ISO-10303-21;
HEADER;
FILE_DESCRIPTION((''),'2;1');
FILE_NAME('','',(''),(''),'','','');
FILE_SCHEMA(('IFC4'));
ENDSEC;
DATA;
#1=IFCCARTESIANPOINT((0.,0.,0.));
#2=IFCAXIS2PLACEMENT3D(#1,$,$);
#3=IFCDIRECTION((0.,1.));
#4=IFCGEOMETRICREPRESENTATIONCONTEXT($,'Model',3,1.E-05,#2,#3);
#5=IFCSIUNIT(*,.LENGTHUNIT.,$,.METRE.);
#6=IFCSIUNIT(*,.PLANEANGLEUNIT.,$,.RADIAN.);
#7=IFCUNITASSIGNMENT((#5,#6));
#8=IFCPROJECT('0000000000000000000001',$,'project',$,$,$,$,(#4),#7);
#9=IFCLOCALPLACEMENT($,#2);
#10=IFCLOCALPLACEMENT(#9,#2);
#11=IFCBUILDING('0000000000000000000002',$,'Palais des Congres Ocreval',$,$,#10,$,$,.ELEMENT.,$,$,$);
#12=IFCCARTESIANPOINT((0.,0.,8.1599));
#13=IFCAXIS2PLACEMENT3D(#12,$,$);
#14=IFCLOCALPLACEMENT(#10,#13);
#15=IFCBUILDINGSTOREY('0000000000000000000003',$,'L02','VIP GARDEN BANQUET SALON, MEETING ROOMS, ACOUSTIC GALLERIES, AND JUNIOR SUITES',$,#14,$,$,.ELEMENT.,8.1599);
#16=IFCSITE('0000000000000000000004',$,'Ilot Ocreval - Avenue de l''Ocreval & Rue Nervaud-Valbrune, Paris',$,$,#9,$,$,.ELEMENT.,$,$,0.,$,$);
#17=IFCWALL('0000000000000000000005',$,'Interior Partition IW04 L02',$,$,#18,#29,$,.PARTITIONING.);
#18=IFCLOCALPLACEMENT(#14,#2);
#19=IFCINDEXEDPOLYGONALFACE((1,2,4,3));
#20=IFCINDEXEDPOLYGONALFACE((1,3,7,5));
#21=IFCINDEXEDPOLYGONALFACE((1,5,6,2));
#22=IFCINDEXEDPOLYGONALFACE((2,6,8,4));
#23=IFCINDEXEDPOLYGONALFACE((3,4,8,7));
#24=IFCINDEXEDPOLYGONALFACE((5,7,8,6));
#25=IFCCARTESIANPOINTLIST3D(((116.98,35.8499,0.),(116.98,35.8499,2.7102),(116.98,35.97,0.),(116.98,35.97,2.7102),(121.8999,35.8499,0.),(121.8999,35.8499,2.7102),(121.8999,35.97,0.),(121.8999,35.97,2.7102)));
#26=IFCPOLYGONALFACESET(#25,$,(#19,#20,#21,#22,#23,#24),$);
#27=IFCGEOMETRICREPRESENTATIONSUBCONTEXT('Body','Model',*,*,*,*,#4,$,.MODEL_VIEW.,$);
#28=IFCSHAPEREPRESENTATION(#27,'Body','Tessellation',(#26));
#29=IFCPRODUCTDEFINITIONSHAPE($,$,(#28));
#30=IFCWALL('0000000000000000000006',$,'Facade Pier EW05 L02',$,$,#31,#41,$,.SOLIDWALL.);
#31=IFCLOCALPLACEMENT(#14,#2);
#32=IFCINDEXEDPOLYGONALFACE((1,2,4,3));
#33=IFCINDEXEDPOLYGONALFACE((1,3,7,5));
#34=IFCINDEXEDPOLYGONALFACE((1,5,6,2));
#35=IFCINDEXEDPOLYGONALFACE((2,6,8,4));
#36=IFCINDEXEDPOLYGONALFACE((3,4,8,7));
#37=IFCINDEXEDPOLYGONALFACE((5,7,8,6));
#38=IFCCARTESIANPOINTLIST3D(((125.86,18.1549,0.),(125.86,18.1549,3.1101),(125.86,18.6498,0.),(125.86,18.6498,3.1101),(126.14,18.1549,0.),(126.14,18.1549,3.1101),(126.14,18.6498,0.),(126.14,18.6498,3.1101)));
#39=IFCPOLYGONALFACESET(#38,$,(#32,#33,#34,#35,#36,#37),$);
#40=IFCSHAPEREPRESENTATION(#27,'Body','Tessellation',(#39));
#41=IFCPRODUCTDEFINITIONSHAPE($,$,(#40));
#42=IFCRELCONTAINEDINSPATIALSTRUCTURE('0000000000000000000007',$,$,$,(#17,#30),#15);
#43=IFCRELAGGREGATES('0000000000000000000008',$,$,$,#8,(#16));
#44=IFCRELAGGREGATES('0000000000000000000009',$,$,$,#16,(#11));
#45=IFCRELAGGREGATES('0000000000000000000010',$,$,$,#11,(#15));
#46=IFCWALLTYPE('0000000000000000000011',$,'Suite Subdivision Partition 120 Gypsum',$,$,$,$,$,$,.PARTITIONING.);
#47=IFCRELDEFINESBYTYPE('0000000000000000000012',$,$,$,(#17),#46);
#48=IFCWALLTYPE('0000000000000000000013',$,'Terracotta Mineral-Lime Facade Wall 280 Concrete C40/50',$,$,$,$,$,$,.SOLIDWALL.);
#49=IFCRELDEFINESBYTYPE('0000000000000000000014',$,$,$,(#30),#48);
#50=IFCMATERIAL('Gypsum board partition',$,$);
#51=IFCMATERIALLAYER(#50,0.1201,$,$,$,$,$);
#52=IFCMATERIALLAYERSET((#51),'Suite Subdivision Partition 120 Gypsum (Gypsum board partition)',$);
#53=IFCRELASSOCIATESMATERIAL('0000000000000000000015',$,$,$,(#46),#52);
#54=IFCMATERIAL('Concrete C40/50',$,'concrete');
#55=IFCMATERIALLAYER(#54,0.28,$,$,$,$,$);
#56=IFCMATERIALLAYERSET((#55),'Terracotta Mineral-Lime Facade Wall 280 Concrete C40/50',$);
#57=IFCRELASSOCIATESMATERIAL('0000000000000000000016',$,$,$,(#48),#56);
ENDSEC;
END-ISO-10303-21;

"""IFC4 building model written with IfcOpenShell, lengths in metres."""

from ifc_helpers import new_model, si_unit, direction, frame, frame_2d, origin, place, context, subcontext, project, spatial, rectangle, extrude, material, layer, layer_set, type_object, element, save


model = new_model("IFC4")

# Units and contexts
model_context = context("Model", 3, precision=1e-05, world=origin(), true_north=direction((0.0, 1.0)))
body_context = subcontext(model_context, "Body", "Model", "MODEL_VIEW")
ifc_project = project(units=[si_unit("LENGTHUNIT", "METRE"), si_unit("PLANEANGLEUNIT", "RADIAN")], contexts=[model_context])

# Site, building, storey
site_placement = place(None, origin())
site = spatial("IfcSite", under=ifc_project, at=site_placement, Name="Ilot Ocreval - Avenue de l'Ocreval & Rue Nervaud-Valbrune, Paris", CompositionType="ELEMENT", RefElevation=0.0)
building_placement = place(site_placement, origin())
building = spatial("IfcBuilding", under=site, at=building_placement, Name="Palais des Congres Ocreval", CompositionType="ELEMENT")
storey_placement = place(building_placement, frame((0.0, 0.0, 8.1599)))
storey = spatial("IfcBuildingStorey", under=building, at=storey_placement, Name="L02", Description="VIP GARDEN BANQUET SALON, MEETING ROOMS, ACOUSTIC GALLERIES, AND JUNIOR SUITES", CompositionType="ELEMENT", Elevation=8.1599)

# Shared definitions
ifc_material_1 = material(Name="Gypsum board partition")
ifc_layer_1 = layer(ifc_material_1, 0.1201)
ifc_layer_set_1 = layer_set([ifc_layer_1], Name="Suite Subdivision Partition 120 Gypsum (Gypsum board partition)")
wall_type_1 = type_object("IfcWallType", Name="Suite Subdivision Partition 120 Gypsum", PredefinedType="PARTITIONING", material=ifc_layer_set_1)

# Walls
wall_1_placement = place(storey_placement, frame((116.98, 35.9099, 0.0), z_axis=(0.0, 0.0, 1.0), x_axis=(1.0, 0.0, 0.0)))
element("IfcWall", 1, at=wall_1_placement, inside=storey, type_object=wall_type_1, Name="Interior Partition IW04 L02", PredefinedType="PARTITIONING", context=body_context, shape_type="SweptSolid", body=[
    extrude(rectangle(XDim=4.9199, YDim=0.1201, at=frame_2d((2.46, 0.0))), origin(), (0.0, 0.0, 1.0), 2.7102),
])
ifc_material_2 = material(Name="Concrete C40/50", Category="concrete")
ifc_layer_2 = layer(ifc_material_2, 0.28)
ifc_layer_set_2 = layer_set([ifc_layer_2], Name="Terracotta Mineral-Lime Facade Wall 280 Concrete C40/50")
wall_type_2 = type_object("IfcWallType", Name="Terracotta Mineral-Lime Facade Wall 280 Concrete C40/50", PredefinedType="SOLIDWALL", material=ifc_layer_set_2)
wall_2_placement = place(storey_placement, frame((126.0, 18.6499, 0.0), z_axis=(0.0, 0.0, 1.0), x_axis=(0.0, -1.0, 0.0)))
element("IfcWall", 2, at=wall_2_placement, inside=storey, type_object=wall_type_2, Name="Facade Pier EW05 L02", PredefinedType="SOLIDWALL", context=body_context, shape_type="SweptSolid", body=[
    extrude(rectangle(XDim=0.4949, YDim=0.28, at=frame_2d((0.2476, 0.0))), origin(), (0.0, 0.0, 1.0), 3.1101),
])

save(model, "model.ifc")
